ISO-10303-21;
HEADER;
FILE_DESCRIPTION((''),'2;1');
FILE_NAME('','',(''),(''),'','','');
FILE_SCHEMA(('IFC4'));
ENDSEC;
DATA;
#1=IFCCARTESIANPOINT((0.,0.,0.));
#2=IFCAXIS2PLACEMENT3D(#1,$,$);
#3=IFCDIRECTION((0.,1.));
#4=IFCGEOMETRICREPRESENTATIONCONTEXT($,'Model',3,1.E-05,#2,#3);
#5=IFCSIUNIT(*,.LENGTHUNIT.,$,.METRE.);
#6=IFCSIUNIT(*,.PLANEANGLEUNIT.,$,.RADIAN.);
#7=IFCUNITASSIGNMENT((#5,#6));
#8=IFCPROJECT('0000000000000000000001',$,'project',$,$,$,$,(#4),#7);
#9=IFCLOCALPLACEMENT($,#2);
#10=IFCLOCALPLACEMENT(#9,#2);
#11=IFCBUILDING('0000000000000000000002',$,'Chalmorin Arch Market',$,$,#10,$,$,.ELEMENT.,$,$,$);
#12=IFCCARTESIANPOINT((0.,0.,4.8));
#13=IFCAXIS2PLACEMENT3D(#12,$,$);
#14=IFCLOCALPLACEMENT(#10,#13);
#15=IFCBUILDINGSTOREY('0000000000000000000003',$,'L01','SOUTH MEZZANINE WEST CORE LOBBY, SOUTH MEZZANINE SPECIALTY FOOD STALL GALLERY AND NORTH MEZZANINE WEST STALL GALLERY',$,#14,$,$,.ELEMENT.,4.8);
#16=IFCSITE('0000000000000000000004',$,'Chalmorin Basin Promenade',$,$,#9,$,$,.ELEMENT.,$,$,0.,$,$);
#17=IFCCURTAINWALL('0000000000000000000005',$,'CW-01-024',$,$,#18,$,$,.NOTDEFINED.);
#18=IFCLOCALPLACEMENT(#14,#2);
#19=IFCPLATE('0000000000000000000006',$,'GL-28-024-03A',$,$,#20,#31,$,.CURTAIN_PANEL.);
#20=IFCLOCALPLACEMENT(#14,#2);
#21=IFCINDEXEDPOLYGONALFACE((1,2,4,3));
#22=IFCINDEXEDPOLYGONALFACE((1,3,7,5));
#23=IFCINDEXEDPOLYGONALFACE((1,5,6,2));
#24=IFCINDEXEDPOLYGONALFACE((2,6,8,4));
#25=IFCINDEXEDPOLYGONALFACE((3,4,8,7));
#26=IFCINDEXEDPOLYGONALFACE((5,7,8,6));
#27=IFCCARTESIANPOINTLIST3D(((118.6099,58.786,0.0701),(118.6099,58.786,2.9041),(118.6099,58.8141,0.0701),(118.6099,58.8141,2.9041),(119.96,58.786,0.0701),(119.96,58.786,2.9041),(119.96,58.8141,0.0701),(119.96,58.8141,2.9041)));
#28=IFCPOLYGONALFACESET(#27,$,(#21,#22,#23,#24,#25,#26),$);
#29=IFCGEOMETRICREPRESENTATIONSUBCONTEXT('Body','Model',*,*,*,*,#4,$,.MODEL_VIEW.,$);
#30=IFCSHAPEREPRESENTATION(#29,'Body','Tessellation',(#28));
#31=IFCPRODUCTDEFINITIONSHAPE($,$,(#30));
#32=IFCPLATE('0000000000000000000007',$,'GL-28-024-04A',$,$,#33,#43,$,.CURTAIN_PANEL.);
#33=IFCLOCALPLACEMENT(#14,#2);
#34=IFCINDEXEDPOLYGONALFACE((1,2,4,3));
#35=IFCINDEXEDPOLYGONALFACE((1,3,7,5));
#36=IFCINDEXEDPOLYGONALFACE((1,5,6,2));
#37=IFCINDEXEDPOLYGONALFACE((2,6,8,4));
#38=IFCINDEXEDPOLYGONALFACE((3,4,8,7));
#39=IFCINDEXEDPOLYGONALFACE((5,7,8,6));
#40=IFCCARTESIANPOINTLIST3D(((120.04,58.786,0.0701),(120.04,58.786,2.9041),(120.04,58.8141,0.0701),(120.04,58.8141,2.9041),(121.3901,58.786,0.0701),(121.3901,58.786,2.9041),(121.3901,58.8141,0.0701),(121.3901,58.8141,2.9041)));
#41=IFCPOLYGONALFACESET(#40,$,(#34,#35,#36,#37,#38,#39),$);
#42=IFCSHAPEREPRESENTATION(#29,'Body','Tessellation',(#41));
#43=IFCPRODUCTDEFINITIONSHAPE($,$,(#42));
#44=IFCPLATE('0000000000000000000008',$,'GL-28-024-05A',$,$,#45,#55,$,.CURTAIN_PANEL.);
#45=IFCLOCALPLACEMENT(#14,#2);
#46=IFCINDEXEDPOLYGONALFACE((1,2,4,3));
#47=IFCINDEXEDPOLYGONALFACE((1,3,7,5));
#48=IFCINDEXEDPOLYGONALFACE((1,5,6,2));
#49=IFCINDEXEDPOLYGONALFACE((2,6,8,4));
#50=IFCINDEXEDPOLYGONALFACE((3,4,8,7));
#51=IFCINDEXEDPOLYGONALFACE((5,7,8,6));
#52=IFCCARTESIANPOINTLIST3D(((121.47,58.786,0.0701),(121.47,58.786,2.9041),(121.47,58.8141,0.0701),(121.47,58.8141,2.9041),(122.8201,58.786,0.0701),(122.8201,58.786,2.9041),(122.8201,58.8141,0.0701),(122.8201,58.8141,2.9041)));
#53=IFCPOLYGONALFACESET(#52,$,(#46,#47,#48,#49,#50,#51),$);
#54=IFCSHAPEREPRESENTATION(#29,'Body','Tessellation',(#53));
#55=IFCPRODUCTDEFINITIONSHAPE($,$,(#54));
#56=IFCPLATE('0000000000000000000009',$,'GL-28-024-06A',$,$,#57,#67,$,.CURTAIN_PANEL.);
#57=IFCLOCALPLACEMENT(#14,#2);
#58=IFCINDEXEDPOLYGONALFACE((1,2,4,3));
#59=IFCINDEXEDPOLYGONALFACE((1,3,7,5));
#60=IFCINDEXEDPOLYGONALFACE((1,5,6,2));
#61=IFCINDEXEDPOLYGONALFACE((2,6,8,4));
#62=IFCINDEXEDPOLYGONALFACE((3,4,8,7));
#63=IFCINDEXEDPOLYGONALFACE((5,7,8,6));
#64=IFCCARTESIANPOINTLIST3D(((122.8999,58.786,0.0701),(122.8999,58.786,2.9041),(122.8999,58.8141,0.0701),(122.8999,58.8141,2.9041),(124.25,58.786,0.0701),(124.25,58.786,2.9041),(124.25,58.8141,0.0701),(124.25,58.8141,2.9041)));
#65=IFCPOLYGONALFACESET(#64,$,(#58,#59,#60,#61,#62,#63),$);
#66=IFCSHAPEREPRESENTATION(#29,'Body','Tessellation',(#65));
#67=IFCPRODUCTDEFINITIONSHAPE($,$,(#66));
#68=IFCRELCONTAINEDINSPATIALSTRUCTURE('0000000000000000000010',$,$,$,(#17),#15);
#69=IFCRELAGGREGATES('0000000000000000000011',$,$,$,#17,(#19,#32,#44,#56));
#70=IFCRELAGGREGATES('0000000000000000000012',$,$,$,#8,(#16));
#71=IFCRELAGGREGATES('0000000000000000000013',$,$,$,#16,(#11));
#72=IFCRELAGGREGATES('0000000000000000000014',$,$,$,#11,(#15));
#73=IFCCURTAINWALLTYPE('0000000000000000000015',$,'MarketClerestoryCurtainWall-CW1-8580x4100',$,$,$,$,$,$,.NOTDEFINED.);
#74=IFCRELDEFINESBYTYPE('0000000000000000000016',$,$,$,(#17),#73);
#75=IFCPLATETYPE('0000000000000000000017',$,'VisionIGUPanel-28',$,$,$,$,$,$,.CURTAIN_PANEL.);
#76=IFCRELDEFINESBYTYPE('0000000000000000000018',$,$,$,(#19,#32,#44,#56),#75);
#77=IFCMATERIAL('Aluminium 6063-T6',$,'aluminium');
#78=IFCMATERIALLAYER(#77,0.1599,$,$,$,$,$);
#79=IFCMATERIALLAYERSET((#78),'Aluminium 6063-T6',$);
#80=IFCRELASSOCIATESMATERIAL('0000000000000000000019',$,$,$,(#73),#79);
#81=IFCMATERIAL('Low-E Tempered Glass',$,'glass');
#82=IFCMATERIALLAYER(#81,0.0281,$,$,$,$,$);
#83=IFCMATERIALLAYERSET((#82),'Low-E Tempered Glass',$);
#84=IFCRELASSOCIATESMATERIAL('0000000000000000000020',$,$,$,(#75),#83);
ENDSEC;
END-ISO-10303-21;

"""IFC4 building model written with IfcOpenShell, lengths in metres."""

from ifc_helpers import new_model, si_unit, direction, frame, origin, origin_2d, place, context, subcontext, project, spatial, rectangle, extrude, material, layer, layer_set, type_object, element, aggregate, save


model = new_model("IFC4")

# Units and contexts
model_context = context("Model", 3, precision=1e-05, world=origin(), true_north=direction((0.0, 1.0)))
body_context = subcontext(model_context, "Body", "Model", "MODEL_VIEW")
ifc_project = project(units=[si_unit("LENGTHUNIT", "METRE"), si_unit("PLANEANGLEUNIT", "RADIAN")], contexts=[model_context])

# Site, building, storey
site_placement = place(None, origin())
site = spatial("IfcSite", under=ifc_project, at=site_placement, Name="Chalmorin Basin Promenade", CompositionType="ELEMENT", RefElevation=0.0)
building_placement = place(site_placement, origin())
building = spatial("IfcBuilding", under=site, at=building_placement, Name="Chalmorin Arch Market", CompositionType="ELEMENT")
storey_placement = place(building_placement, frame((0.0, 0.0, 4.8)))
storey = spatial("IfcBuildingStorey", under=building, at=storey_placement, Name="L01", Description="SOUTH MEZZANINE WEST CORE LOBBY, SOUTH MEZZANINE SPECIALTY FOOD STALL GALLERY AND NORTH MEZZANINE WEST STALL GALLERY", CompositionType="ELEMENT", Elevation=4.8)

# Curtain wall
ifc_material_1 = material(Name="Aluminium 6063-T6", Category="aluminium")
ifc_layer_1 = layer(ifc_material_1, 0.1599)
ifc_layer_set_1 = layer_set([ifc_layer_1], Name="Aluminium 6063-T6")
curtain_wall_type = type_object("IfcCurtainWallType", Name="MarketClerestoryCurtainWall-CW1-8580x4100", PredefinedType="NOTDEFINED", material=ifc_layer_set_1)
curtain_wall_1_placement = place(storey_placement, origin())
curtain_wall_1 = element("IfcCurtainWall", 1, at=curtain_wall_1_placement, inside=storey, type_object=curtain_wall_type, Name="CW-01-024", PredefinedType="NOTDEFINED")

# Plates
ifc_material_2 = material(Name="Low-E Tempered Glass", Category="glass")
ifc_layer_2 = layer(ifc_material_2, 0.0281)
ifc_layer_set_2 = layer_set([ifc_layer_2], Name="Low-E Tempered Glass")
plate_type_1 = type_object("IfcPlateType", Name="VisionIGUPanel-28", PredefinedType="CURTAIN_PANEL", material=ifc_layer_set_2)
plate_1_placement = place(storey_placement, frame((119.2849, 58.8, 0.0701), z_axis=(0.0, 0.0, 1.0), x_axis=(1.0, 0.0, 0.0)))
plate_1 = element("IfcPlate", 2, at=plate_1_placement, type_object=plate_type_1, Name="GL-28-024-03A", PredefinedType="CURTAIN_PANEL", context=body_context, shape_type="SweptSolid", body=[
    extrude(rectangle(XDim=1.3501, YDim=0.0281, at=origin_2d()), origin(), (0.0, 0.0, 1.0), 2.834),
])
plate_2_placement = place(storey_placement, frame((120.7151, 58.8, 0.0701), z_axis=(0.0, 0.0, 1.0), x_axis=(1.0, 0.0, 0.0)))
plate_2 = element("IfcPlate", 3, at=plate_2_placement, type_object=plate_type_1, Name="GL-28-024-04A", PredefinedType="CURTAIN_PANEL", context=body_context, shape_type="SweptSolid", body=[
    extrude(rectangle(XDim=1.3501, YDim=0.0281, at=origin_2d()), origin(), (0.0, 0.0, 1.0), 2.834),
])
plate_3_placement = place(storey_placement, frame((122.145, 58.8, 0.0701), z_axis=(0.0, 0.0, 1.0), x_axis=(1.0, 0.0, 0.0)))
plate_3 = element("IfcPlate", 4, at=plate_3_placement, type_object=plate_type_1, Name="GL-28-024-05A", PredefinedType="CURTAIN_PANEL", context=body_context, shape_type="SweptSolid", body=[
    extrude(rectangle(XDim=1.3501, YDim=0.0281, at=origin_2d()), origin(), (0.0, 0.0, 1.0), 2.834),
])
plate_4_placement = place(storey_placement, frame((123.575, 58.8, 0.0701), z_axis=(0.0, 0.0, 1.0), x_axis=(1.0, 0.0, 0.0)))
plate_4 = element("IfcPlate", 5, at=plate_4_placement, type_object=plate_type_1, Name="GL-28-024-06A", PredefinedType="CURTAIN_PANEL", context=body_context, shape_type="SweptSolid", body=[
    extrude(rectangle(XDim=1.3501, YDim=0.0281, at=origin_2d()), origin(), (0.0, 0.0, 1.0), 2.834),
])
aggregate(curtain_wall_1, [plate_1, plate_2, plate_3, plate_4])

save(model, "model.ifc")
